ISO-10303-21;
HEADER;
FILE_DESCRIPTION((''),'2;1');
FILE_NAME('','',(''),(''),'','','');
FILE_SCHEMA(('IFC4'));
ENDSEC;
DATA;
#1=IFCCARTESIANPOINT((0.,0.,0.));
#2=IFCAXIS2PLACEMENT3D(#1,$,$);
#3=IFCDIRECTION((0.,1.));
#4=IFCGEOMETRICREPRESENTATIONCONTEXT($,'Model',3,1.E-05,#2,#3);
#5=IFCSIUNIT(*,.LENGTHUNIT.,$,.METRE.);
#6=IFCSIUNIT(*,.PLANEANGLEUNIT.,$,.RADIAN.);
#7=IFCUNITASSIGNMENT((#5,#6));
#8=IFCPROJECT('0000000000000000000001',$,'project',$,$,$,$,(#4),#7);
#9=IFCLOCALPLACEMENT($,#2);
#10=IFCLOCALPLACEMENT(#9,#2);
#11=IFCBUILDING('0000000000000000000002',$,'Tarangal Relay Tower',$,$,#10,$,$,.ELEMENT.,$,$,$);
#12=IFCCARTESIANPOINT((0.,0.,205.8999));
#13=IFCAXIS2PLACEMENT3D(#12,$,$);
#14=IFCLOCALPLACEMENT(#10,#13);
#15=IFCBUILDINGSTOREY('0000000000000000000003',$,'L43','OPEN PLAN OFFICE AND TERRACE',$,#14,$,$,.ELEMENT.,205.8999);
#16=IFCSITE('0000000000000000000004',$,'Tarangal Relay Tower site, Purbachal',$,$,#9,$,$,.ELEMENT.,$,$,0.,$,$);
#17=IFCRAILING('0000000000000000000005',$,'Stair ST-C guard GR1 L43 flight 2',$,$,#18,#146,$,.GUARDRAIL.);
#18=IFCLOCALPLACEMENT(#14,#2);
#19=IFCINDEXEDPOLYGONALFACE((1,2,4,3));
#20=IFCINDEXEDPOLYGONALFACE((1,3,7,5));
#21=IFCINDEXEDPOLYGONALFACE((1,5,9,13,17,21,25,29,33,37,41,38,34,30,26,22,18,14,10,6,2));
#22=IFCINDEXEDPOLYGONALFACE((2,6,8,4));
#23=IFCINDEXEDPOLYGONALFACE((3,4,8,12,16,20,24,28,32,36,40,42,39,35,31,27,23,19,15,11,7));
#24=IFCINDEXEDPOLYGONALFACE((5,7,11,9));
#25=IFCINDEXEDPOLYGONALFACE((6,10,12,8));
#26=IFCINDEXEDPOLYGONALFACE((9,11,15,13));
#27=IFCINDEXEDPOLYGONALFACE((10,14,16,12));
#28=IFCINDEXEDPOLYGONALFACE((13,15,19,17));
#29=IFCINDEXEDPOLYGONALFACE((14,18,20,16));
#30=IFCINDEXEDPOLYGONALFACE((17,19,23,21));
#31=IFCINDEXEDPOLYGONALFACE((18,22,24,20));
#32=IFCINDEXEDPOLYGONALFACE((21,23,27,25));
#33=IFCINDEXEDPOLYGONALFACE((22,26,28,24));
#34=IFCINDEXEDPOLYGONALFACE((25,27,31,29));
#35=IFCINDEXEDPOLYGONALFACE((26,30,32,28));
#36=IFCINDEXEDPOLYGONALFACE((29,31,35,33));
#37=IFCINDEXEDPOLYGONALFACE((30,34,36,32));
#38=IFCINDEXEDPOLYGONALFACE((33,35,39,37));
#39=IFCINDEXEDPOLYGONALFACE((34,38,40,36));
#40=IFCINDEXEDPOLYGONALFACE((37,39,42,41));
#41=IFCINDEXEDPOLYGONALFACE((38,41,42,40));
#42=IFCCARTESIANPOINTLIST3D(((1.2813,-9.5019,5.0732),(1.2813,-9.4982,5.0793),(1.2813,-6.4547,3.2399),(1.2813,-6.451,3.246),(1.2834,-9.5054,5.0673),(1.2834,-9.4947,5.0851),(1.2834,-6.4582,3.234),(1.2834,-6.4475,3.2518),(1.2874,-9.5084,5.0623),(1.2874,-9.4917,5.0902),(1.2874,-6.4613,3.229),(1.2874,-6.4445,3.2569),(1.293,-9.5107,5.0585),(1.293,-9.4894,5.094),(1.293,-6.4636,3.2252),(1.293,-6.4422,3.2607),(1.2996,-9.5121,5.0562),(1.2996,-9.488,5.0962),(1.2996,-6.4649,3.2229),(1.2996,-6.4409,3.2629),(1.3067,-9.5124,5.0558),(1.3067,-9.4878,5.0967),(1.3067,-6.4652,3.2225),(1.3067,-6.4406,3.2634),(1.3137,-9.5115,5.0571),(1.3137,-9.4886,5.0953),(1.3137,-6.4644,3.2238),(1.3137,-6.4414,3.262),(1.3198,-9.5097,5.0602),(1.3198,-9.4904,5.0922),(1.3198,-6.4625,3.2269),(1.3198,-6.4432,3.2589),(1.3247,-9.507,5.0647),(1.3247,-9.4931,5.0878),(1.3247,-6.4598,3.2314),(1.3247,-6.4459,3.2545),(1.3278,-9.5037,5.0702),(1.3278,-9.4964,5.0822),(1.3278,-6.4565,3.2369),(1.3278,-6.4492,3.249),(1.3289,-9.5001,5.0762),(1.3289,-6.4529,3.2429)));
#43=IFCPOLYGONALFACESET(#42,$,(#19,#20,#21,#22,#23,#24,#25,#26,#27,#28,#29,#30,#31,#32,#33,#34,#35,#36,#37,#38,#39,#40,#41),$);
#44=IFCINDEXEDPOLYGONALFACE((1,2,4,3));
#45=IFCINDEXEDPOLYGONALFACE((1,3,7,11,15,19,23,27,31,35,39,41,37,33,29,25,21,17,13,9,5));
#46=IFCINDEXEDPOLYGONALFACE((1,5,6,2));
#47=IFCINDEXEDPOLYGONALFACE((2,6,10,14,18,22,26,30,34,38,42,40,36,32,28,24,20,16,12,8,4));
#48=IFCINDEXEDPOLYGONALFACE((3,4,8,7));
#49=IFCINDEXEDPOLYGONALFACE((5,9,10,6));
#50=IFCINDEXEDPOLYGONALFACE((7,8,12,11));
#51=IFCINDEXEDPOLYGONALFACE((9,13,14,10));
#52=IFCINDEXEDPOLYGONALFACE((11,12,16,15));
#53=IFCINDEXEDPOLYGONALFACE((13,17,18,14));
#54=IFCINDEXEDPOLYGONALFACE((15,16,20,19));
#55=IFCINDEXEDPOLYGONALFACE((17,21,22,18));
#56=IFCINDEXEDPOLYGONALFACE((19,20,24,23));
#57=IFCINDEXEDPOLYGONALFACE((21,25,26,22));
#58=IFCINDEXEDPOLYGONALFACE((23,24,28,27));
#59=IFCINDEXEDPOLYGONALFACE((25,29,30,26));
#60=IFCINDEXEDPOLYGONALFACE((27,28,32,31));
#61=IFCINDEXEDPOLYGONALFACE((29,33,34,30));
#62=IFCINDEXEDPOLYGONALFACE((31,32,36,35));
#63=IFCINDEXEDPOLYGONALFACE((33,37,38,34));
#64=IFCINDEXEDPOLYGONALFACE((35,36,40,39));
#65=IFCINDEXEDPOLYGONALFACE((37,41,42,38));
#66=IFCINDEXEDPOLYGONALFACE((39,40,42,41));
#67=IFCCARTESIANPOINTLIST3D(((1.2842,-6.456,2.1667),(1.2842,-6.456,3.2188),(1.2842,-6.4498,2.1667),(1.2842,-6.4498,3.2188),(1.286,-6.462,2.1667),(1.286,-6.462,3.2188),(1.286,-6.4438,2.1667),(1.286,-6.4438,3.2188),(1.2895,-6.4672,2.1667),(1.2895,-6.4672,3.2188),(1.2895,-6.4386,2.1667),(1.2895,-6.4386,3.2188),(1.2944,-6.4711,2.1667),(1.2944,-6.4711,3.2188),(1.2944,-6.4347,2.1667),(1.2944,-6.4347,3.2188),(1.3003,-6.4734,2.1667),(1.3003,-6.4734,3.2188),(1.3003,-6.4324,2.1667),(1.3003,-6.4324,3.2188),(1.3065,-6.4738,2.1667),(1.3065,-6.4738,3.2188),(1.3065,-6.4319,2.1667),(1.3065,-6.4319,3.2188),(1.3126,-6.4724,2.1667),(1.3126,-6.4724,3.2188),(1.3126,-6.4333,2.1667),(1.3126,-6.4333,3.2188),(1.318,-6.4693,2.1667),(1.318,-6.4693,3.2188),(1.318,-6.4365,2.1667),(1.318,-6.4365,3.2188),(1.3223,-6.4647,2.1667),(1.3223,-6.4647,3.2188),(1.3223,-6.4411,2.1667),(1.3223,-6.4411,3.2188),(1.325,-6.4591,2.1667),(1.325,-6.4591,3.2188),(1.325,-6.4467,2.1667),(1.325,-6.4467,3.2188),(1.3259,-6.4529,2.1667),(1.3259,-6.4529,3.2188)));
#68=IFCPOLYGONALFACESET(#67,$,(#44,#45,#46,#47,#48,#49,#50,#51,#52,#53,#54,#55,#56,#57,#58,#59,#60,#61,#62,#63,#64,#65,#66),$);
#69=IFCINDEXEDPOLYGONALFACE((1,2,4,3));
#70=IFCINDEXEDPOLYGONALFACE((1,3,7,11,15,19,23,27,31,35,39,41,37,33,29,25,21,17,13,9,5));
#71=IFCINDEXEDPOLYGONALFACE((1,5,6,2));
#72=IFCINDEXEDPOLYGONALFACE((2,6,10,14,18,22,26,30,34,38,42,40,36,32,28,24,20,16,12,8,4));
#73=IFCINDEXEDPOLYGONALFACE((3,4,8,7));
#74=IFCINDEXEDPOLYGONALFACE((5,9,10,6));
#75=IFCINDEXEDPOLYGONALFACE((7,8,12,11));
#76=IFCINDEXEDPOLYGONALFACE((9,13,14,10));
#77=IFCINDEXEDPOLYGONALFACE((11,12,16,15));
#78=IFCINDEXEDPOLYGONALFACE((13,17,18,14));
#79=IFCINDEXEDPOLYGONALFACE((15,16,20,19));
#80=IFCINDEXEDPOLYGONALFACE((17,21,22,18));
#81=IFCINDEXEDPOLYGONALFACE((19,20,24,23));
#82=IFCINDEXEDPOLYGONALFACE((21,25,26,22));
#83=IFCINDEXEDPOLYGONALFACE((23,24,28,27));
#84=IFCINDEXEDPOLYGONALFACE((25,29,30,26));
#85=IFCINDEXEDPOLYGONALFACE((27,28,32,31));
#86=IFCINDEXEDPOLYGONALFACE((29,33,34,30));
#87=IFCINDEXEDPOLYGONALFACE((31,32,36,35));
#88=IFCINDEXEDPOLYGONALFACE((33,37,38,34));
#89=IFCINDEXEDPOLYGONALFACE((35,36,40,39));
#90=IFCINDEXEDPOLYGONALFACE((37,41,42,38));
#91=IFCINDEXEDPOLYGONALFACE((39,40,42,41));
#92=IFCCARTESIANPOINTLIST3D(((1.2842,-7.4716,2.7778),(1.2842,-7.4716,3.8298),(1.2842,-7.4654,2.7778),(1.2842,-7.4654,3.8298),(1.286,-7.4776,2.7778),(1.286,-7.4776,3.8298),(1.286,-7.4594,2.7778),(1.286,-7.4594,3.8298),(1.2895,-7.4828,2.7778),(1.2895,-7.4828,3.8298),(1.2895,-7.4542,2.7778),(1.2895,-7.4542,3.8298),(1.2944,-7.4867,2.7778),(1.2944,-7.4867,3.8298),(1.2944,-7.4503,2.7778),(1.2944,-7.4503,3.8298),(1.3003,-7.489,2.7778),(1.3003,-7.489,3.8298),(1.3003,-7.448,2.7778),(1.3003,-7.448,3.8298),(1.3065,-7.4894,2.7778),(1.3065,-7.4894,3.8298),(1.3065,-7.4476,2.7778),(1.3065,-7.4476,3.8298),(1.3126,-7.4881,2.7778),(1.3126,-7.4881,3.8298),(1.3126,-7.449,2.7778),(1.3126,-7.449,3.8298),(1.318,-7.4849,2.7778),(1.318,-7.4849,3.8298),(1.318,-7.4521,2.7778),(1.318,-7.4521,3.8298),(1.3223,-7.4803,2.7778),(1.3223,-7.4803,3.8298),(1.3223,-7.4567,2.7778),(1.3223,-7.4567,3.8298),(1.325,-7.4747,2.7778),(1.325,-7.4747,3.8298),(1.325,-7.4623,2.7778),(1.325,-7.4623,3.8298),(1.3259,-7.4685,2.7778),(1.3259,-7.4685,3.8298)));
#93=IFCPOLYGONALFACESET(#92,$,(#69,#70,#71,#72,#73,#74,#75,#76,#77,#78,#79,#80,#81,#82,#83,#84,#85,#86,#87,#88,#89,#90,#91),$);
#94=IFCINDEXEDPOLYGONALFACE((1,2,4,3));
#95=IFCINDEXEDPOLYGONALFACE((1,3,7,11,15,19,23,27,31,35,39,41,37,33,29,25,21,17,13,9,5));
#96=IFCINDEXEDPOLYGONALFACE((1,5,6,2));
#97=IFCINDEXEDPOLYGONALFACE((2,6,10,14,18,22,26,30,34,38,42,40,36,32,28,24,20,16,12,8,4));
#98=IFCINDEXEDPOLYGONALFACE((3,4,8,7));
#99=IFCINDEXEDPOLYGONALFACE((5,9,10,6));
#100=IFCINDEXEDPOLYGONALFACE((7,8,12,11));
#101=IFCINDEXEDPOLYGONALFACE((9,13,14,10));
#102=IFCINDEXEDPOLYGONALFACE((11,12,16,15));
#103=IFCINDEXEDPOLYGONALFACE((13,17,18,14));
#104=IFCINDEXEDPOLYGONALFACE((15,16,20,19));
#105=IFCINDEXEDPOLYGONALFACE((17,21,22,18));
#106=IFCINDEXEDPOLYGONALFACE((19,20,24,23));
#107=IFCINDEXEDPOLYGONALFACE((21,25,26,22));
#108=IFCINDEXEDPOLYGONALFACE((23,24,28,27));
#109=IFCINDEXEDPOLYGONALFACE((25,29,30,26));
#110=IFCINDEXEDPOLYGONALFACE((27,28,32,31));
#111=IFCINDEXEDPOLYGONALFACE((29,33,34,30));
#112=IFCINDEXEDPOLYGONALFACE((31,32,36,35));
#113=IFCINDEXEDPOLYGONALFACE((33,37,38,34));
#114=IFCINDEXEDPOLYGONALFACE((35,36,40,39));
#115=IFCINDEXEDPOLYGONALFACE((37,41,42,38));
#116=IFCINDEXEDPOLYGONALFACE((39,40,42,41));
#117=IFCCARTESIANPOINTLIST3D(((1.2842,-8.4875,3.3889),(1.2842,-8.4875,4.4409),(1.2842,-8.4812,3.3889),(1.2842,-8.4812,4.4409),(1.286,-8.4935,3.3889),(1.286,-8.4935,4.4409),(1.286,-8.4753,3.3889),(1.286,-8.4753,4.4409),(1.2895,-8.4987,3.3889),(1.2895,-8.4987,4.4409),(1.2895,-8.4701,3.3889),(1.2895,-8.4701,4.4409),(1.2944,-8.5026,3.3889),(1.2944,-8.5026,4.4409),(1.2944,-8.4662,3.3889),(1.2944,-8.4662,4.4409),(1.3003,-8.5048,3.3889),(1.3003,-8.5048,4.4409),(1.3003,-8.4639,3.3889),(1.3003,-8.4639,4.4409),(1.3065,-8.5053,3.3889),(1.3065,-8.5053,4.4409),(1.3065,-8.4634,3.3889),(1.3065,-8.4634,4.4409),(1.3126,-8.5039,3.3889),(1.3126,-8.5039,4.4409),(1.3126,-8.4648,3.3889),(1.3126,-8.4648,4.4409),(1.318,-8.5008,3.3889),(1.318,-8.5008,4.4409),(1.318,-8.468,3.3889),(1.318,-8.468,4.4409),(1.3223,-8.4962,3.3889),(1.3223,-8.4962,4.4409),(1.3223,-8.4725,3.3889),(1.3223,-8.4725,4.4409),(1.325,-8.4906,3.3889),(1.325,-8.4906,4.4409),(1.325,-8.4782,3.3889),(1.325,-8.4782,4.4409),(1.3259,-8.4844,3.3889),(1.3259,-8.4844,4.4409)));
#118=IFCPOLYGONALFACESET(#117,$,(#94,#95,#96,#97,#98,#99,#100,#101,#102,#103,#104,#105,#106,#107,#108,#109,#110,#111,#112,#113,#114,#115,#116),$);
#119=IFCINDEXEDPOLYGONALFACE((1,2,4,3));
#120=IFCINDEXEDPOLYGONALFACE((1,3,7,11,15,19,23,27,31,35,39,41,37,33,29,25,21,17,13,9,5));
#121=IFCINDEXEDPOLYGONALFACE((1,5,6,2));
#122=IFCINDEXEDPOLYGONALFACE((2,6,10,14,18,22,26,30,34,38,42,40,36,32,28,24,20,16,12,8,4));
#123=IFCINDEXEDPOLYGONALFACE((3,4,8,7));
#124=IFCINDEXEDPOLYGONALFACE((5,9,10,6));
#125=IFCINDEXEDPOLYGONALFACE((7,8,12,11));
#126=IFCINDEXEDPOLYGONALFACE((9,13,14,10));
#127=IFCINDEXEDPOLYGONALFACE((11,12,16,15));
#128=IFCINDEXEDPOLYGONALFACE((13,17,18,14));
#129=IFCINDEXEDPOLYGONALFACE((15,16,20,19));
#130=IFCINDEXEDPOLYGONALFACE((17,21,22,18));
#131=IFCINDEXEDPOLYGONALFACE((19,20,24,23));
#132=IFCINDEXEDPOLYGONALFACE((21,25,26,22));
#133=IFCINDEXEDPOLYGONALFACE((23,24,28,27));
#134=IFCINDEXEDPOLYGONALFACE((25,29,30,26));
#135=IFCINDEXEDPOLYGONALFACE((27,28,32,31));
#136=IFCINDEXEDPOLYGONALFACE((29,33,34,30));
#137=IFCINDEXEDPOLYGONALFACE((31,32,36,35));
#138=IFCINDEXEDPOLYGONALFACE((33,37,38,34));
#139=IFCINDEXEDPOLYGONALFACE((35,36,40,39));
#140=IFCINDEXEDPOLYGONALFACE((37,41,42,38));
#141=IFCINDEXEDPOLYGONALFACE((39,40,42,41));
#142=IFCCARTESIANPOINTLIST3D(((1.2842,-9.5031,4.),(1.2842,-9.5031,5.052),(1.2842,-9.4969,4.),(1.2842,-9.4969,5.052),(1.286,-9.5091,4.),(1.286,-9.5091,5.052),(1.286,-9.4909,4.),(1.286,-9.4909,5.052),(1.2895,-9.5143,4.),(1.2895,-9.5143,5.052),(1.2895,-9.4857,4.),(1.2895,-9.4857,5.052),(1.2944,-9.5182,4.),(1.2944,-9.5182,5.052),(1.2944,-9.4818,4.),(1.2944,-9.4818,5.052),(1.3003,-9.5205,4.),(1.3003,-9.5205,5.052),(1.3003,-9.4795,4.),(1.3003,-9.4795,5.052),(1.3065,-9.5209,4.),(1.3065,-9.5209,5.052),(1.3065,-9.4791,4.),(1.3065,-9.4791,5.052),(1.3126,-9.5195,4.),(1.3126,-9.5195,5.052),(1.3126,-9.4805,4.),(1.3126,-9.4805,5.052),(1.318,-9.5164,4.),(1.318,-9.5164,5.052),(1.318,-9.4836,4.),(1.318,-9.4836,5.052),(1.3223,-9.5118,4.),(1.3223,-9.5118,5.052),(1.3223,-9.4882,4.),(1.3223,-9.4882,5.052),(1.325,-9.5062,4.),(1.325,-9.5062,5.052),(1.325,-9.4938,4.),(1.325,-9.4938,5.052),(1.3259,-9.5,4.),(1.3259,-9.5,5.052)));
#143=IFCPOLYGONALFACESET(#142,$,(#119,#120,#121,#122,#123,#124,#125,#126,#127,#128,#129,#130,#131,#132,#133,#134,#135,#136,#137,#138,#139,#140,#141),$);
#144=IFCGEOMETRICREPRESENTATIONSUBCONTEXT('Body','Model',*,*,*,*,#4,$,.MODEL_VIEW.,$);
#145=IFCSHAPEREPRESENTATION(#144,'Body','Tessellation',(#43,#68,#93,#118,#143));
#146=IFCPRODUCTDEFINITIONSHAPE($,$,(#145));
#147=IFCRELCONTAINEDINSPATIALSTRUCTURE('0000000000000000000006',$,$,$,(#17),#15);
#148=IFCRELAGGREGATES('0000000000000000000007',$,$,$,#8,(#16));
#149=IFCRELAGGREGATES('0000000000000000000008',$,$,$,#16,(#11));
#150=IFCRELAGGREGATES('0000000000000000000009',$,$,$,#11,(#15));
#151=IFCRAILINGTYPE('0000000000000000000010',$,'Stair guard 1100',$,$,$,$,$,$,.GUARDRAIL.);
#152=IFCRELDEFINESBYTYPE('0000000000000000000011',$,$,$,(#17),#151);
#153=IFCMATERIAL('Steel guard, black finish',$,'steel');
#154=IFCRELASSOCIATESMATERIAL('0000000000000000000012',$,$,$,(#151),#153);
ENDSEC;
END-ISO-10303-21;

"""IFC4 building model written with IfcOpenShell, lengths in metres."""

from ifc_helpers import new_model, si_unit, direction, frame, origin, origin_2d, place, context, subcontext, project, spatial, circle, extrude, material, type_object, element, save


model = new_model("IFC4")

# Units and contexts
model_context = context("Model", 3, precision=1e-05, world=origin(), true_north=direction((0.0, 1.0)))
body_context = subcontext(model_context, "Body", "Model", "MODEL_VIEW")
ifc_project = project(units=[si_unit("LENGTHUNIT", "METRE"), si_unit("PLANEANGLEUNIT", "RADIAN")], contexts=[model_context])

# Site, building, storey
site_placement = place(None, origin())
site = spatial("IfcSite", under=ifc_project, at=site_placement, Name="Tarangal Relay Tower site, Purbachal", CompositionType="ELEMENT", RefElevation=0.0)
building_placement = place(site_placement, origin())
building = spatial("IfcBuilding", under=site, at=building_placement, Name="Tarangal Relay Tower", CompositionType="ELEMENT")
storey_placement = place(building_placement, frame((0.0, 0.0, 205.8999)))
storey = spatial("IfcBuildingStorey", under=building, at=storey_placement, Name="L43", Description="OPEN PLAN OFFICE AND TERRACE", CompositionType="ELEMENT", Elevation=205.8999)

# Railing
ifc_material_1 = material(Name="Steel guard, black finish", Category="steel")
railing_type_1 = type_object("IfcRailingType", Name="Stair guard 1100", PredefinedType="GUARDRAIL", material=ifc_material_1)
railing_1_placement = place(storey_placement, frame((1.3049, -6.4529, 2.1667)))
element("IfcRailing", 1, at=railing_1_placement, inside=storey, type_object=railing_type_1, Name="Stair ST-C guard GR1 L43 flight 2", PredefinedType="GUARDRAIL", context=body_context, shape_type="SweptSolid", body=[
    extrude(circle(Radius=0.0239, at=origin_2d()), frame((0.0, 0.0, 1.0762), z_axis=(0.0, -0.856874, 0.515525), x_axis=(1.0, 0.0, 0.0)), (0.0, 0.0, 1.0), 3.5562),
    extrude(circle(Radius=0.021, at=origin_2d()), origin(), (0.0, 0.0, 1.0), 1.052),
    extrude(circle(Radius=0.021, at=origin_2d()), frame((0.0, -1.0156, 0.6111)), (0.0, 0.0, 1.0), 1.052),
    extrude(circle(Radius=0.021, at=origin_2d()), frame((0.0, -2.0315, 1.2222)), (0.0, 0.0, 1.0), 1.052),
    extrude(circle(Radius=0.021, at=origin_2d()), frame((0.0, -3.0471, 1.8333)), (0.0, 0.0, 1.0), 1.052),
])

save(model, "model.ifc")
